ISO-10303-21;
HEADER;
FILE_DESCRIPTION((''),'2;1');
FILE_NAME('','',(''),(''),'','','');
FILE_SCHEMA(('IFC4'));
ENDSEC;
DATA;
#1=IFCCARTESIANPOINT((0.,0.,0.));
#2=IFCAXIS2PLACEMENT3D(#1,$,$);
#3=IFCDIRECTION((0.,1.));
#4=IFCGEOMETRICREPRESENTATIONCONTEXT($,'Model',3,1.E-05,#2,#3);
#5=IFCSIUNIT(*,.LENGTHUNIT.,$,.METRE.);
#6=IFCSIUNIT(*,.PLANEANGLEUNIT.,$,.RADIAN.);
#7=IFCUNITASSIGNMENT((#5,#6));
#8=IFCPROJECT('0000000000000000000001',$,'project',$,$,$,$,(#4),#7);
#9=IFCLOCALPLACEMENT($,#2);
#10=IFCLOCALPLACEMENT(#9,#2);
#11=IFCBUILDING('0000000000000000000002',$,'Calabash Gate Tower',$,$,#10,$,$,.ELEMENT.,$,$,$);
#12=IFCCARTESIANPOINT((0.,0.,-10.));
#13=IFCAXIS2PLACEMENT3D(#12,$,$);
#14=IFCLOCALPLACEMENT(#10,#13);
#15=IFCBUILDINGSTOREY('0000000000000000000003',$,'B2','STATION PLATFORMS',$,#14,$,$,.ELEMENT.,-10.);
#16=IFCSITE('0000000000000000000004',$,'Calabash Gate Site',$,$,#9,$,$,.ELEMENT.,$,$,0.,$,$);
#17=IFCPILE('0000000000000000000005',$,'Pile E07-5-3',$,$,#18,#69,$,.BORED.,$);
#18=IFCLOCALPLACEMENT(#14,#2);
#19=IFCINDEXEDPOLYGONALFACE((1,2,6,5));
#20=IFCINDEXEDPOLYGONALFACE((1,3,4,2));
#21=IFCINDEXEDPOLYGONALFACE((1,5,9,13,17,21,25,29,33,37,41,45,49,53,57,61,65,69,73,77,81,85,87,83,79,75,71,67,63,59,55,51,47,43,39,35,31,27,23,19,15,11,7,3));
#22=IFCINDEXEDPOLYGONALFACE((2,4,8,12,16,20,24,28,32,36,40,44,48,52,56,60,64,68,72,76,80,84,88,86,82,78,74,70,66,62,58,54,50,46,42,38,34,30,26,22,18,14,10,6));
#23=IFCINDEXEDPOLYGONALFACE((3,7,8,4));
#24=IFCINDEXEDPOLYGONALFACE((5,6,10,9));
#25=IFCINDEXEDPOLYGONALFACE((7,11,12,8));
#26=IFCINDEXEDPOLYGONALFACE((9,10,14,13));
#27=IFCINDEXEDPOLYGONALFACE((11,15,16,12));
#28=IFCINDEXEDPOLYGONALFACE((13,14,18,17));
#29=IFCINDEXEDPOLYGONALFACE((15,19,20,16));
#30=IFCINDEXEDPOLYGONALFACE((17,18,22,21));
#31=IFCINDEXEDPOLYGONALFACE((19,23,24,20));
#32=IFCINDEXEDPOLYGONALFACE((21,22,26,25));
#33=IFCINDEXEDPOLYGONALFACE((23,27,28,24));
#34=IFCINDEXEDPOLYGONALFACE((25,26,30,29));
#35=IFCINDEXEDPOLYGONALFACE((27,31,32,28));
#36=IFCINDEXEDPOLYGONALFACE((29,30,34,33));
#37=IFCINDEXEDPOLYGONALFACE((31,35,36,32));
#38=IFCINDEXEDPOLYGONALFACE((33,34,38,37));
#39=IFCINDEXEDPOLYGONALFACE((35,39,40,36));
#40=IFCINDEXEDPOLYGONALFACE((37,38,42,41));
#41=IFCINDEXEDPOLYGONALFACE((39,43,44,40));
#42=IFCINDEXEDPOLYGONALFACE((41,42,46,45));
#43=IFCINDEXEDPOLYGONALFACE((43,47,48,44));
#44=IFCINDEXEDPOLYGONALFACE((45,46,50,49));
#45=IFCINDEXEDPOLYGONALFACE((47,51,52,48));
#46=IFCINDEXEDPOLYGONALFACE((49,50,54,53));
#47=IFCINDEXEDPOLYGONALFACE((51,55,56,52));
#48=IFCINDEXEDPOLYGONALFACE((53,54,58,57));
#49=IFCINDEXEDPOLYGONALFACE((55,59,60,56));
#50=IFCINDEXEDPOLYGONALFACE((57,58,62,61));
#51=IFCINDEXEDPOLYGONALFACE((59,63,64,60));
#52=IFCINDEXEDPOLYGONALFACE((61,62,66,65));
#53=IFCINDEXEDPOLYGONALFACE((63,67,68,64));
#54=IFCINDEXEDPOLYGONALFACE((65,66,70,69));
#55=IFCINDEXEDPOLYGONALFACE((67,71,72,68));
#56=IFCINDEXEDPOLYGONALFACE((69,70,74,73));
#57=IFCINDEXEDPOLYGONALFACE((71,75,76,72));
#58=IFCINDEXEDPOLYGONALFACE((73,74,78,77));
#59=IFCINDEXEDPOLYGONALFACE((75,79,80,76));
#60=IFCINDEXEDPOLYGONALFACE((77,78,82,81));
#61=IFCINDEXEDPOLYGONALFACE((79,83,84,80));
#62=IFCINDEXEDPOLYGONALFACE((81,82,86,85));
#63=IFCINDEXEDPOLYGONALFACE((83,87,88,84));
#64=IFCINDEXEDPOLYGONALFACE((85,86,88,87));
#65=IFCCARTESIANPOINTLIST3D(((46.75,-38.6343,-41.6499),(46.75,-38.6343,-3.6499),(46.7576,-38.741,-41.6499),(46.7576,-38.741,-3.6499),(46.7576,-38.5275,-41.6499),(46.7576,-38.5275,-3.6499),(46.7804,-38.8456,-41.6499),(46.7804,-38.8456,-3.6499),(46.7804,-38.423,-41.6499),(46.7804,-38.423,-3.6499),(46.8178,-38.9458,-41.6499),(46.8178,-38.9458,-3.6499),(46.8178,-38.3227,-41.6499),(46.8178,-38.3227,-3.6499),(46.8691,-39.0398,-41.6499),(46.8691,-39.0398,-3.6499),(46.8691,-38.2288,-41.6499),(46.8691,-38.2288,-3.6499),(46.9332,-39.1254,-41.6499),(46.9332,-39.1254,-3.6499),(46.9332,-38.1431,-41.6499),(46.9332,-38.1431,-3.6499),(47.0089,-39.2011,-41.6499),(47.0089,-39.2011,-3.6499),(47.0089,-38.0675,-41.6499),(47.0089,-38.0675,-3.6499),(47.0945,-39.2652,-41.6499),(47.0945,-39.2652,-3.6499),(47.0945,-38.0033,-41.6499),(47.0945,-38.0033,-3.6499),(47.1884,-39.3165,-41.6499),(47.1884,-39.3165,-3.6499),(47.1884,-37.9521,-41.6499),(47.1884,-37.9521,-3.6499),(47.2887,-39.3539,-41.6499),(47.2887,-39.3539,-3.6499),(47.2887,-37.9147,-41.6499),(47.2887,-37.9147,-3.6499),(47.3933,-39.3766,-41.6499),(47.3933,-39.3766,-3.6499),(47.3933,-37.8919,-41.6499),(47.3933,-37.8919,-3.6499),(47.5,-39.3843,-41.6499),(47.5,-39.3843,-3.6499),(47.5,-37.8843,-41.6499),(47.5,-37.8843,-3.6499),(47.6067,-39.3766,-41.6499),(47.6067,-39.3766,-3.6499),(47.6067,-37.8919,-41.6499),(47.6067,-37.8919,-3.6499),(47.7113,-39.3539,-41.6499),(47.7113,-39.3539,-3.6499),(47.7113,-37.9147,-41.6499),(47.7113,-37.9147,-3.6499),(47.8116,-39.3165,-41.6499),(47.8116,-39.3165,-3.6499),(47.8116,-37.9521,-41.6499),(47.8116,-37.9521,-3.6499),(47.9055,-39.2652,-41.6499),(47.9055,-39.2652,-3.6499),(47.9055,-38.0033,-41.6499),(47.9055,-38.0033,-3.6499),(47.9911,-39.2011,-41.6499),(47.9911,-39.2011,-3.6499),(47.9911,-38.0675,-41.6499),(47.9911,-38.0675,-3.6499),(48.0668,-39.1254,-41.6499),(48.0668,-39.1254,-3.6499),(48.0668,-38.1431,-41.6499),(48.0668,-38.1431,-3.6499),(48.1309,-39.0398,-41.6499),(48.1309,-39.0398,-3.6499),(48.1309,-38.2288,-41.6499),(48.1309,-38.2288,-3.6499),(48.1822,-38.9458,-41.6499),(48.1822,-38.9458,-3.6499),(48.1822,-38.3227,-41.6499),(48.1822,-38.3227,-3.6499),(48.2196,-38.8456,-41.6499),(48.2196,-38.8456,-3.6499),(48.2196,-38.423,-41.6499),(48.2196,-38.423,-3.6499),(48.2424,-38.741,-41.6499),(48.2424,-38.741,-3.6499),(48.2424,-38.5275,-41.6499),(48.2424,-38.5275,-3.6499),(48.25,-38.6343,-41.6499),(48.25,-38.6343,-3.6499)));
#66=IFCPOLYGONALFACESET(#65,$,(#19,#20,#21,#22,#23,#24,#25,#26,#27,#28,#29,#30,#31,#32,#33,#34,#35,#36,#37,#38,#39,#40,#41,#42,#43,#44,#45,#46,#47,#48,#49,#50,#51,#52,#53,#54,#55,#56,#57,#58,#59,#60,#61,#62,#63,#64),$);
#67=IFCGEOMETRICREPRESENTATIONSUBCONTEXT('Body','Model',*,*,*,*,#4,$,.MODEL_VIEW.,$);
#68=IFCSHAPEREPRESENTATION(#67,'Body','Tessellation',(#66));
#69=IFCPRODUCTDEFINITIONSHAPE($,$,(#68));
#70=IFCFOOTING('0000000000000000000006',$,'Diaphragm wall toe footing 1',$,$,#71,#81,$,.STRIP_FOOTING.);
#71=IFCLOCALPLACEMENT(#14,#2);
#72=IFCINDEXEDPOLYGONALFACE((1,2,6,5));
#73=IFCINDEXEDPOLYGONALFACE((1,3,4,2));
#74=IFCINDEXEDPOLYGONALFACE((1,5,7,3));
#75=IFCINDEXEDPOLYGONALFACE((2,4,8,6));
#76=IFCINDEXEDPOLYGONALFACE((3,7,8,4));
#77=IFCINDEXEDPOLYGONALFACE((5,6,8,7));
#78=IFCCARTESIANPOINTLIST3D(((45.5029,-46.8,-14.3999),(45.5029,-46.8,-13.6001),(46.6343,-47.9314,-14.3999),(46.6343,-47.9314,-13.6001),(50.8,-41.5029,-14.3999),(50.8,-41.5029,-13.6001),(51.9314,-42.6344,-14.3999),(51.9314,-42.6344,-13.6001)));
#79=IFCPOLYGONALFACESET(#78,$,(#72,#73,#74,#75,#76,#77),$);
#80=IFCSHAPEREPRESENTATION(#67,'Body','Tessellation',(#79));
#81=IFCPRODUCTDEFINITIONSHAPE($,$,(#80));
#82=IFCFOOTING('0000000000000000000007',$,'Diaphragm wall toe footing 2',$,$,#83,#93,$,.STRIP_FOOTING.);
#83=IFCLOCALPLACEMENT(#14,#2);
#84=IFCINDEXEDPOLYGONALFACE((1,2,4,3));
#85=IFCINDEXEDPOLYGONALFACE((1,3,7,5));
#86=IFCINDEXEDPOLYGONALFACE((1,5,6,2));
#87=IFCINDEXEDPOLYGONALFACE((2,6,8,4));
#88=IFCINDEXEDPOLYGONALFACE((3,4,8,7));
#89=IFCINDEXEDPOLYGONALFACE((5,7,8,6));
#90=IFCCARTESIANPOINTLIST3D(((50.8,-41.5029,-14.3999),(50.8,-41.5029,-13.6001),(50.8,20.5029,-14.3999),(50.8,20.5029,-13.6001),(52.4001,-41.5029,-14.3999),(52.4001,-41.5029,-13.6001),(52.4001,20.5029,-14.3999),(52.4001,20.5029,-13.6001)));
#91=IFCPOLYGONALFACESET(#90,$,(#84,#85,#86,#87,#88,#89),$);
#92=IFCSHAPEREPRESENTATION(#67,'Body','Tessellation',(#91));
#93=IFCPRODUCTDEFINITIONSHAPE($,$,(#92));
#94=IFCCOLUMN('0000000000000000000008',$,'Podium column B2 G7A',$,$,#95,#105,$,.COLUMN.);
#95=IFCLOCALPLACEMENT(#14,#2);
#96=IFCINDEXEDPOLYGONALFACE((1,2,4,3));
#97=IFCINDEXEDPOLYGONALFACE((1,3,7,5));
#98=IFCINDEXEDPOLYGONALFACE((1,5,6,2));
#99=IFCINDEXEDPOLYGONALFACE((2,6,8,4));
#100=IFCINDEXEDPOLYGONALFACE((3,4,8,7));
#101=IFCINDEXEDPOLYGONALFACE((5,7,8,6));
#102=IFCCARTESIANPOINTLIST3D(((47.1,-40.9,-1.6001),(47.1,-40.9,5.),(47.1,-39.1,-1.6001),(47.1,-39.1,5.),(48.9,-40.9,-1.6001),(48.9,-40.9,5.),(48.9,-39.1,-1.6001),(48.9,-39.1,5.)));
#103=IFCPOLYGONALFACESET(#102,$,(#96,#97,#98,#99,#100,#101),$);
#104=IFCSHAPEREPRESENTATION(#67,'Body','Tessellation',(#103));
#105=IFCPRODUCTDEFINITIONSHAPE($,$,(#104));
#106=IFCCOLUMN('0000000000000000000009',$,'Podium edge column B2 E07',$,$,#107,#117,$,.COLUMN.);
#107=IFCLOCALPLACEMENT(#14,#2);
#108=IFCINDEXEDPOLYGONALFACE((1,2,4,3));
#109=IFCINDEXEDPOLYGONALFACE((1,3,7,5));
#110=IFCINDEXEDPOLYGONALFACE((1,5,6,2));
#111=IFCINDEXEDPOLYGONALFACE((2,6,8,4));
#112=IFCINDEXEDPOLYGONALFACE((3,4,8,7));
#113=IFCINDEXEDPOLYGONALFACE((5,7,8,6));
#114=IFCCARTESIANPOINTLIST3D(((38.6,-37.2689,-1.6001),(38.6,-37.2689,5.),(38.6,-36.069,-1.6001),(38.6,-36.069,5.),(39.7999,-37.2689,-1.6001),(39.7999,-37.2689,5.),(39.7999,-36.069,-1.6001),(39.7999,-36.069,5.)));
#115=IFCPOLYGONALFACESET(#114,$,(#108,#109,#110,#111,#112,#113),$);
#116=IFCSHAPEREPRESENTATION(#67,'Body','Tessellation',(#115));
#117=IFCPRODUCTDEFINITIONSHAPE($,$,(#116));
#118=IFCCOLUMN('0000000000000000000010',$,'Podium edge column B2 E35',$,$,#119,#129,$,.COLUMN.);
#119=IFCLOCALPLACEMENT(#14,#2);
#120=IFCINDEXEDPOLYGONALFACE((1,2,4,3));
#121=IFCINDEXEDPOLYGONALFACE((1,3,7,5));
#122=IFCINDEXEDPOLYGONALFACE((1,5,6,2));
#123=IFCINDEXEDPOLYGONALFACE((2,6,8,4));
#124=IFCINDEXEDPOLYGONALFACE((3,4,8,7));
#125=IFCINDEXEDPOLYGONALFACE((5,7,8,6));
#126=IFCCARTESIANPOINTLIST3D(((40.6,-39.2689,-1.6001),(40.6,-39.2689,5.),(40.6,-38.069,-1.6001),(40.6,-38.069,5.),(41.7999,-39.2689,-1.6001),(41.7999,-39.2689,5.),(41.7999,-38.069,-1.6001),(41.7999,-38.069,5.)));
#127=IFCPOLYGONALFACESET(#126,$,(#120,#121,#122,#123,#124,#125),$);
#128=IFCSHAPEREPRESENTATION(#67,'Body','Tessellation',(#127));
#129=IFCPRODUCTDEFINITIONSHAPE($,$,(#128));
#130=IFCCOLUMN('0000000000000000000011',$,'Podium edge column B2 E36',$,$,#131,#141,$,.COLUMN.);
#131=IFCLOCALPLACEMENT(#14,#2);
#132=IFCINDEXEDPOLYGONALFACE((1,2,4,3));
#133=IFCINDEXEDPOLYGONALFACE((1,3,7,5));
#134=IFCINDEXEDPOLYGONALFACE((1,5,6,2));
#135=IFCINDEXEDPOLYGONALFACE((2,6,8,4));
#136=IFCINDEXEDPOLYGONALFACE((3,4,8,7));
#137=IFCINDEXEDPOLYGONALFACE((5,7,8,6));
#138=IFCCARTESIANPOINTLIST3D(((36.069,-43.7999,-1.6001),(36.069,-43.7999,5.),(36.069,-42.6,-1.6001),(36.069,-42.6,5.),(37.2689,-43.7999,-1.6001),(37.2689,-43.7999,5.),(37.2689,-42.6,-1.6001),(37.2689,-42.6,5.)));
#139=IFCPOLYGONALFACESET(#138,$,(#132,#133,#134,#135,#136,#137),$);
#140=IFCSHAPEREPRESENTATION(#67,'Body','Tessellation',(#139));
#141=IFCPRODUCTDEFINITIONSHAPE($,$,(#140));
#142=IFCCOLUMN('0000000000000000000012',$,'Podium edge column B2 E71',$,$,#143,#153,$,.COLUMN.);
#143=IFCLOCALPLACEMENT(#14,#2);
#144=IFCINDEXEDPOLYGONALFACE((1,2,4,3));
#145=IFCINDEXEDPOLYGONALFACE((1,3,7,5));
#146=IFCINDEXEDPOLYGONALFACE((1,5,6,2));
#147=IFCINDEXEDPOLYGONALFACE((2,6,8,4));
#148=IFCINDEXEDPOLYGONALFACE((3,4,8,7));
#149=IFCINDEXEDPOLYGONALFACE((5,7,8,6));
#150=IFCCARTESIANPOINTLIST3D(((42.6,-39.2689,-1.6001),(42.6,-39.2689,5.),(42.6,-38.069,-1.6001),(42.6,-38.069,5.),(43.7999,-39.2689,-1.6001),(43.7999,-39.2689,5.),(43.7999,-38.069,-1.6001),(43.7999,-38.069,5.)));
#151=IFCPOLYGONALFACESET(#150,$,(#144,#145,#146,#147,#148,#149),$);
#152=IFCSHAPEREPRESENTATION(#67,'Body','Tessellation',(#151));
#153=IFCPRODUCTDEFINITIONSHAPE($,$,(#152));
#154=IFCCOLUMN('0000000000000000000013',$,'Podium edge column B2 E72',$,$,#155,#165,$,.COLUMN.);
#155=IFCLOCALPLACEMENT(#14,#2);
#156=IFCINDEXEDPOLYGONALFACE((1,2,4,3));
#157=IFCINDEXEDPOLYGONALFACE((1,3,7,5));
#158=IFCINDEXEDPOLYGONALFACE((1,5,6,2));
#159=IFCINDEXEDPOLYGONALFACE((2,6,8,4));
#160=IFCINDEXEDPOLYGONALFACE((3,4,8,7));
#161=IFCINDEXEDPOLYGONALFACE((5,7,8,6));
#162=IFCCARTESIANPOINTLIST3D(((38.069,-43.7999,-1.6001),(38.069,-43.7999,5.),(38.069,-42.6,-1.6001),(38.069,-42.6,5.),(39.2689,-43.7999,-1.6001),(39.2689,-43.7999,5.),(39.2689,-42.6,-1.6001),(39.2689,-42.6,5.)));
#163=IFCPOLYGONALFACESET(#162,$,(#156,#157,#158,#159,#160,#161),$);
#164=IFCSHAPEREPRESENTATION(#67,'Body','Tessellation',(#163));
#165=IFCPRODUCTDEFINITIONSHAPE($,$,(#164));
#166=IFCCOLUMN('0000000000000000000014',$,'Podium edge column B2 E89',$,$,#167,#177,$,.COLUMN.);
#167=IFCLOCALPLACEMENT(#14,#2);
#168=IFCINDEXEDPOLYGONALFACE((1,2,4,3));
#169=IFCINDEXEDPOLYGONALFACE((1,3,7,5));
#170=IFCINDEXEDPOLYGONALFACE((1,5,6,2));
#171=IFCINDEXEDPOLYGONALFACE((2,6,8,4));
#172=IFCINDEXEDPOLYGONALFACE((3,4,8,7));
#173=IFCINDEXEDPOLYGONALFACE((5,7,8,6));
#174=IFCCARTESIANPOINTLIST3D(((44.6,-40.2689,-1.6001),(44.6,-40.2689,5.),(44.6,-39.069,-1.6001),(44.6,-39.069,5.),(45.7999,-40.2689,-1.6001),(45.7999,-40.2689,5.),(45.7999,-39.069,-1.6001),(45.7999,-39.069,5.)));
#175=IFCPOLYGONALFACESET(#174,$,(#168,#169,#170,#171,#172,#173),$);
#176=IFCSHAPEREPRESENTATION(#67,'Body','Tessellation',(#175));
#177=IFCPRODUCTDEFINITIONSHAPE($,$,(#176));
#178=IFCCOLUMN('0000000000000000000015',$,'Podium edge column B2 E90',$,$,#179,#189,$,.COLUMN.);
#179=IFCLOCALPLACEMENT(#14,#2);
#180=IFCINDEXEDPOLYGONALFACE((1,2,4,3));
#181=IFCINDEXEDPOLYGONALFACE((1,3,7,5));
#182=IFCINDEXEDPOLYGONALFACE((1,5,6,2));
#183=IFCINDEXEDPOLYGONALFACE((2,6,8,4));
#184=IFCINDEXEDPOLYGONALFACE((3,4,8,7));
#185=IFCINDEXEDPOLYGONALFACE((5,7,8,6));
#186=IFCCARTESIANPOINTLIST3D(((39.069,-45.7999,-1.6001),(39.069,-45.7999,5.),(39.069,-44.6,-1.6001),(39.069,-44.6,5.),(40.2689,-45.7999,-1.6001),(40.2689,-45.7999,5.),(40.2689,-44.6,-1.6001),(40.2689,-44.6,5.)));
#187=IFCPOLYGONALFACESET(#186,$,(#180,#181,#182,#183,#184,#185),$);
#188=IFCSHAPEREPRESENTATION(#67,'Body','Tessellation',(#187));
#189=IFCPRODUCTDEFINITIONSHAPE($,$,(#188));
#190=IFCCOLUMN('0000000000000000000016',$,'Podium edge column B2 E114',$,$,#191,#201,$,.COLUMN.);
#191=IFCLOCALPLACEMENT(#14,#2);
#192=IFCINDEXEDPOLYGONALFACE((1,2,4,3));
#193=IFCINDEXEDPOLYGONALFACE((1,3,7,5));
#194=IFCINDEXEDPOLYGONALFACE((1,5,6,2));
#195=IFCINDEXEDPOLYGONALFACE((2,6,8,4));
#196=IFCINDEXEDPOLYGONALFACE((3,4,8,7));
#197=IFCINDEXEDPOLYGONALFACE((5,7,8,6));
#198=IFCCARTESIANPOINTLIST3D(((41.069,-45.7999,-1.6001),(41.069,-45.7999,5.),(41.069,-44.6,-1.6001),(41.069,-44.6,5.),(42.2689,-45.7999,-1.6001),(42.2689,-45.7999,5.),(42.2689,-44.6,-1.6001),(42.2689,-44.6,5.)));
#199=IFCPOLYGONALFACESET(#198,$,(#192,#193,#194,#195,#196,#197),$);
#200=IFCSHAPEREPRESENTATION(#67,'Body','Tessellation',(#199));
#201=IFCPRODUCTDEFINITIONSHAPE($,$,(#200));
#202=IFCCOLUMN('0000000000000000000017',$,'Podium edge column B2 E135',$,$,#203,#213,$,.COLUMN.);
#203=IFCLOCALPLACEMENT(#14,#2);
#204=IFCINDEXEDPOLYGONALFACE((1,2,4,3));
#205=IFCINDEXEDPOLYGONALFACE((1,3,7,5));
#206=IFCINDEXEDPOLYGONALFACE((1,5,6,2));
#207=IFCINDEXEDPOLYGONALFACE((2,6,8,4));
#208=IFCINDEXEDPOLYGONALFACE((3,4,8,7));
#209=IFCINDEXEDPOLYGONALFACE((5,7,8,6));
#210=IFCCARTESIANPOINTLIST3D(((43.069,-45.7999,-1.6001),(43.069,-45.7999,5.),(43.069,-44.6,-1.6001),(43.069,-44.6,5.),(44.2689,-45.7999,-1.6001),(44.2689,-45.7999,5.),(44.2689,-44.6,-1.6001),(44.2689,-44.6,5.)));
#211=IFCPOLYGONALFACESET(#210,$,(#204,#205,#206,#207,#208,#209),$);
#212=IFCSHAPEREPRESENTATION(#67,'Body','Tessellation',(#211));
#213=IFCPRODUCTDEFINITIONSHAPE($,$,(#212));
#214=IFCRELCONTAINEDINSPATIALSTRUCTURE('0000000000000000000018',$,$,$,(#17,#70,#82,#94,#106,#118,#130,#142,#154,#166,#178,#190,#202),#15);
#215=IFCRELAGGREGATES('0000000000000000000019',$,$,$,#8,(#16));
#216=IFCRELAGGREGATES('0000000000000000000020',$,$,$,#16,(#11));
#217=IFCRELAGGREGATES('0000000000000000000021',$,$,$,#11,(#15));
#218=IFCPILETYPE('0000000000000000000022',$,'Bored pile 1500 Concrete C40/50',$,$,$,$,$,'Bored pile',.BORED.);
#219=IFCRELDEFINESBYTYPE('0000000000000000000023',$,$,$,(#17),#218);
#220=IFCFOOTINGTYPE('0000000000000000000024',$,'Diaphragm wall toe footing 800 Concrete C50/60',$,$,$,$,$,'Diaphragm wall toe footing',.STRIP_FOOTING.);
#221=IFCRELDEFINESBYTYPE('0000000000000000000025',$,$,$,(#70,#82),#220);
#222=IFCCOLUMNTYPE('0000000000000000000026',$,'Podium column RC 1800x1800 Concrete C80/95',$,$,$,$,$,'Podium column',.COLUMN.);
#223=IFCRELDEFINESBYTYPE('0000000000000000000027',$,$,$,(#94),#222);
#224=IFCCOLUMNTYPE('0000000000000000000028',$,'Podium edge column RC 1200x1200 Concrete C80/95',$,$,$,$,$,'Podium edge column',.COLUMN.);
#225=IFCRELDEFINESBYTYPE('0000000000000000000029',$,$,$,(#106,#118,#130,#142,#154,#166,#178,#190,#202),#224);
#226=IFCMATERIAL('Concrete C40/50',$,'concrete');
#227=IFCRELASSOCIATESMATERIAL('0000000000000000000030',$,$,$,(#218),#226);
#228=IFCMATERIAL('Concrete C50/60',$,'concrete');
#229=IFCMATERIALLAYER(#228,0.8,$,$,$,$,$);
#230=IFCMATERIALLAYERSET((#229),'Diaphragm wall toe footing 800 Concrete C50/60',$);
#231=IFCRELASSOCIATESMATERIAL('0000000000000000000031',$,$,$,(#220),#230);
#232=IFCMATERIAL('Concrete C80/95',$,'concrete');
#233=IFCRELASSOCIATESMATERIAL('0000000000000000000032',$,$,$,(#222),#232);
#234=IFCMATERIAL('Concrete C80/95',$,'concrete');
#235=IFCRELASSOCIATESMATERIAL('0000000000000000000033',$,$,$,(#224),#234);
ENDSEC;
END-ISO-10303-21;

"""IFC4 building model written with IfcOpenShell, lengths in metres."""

from ifc_helpers import new_model, si_unit, direction, frame, frame_2d, origin, origin_2d, place, context, subcontext, project, spatial, rectangle, circle, extrude, material, layer, layer_set, material_profile, profile_set, type_object, element, save


model = new_model("IFC4")

# Units and contexts
model_context = context("Model", 3, precision=1e-05, world=origin(), true_north=direction((0.0, 1.0)))
body_context = subcontext(model_context, "Body", "Model", "MODEL_VIEW")
ifc_project = project(units=[si_unit("LENGTHUNIT", "METRE"), si_unit("PLANEANGLEUNIT", "RADIAN")], contexts=[model_context])

# Site, building, storey
site_placement = place(None, origin())
site = spatial("IfcSite", under=ifc_project, at=site_placement, Name="Calabash Gate Site", CompositionType="ELEMENT", RefElevation=0.0)
building_placement = place(site_placement, origin())
building = spatial("IfcBuilding", under=site, at=building_placement, Name="Calabash Gate Tower", CompositionType="ELEMENT")
storey_placement = place(building_placement, frame((0.0, 0.0, -10.0)))
storey = spatial("IfcBuildingStorey", under=building, at=storey_placement, Name="B2", Description="STATION PLATFORMS", CompositionType="ELEMENT", Elevation=-10.0)

# Pile
ifc_material_1 = material(Name="Concrete C40/50", Category="concrete")
ifc_material_profile_1 = material_profile(ifc_material_1, circle(Radius=0.75, at=origin_2d()))
ifc_profile_set_1 = profile_set([ifc_material_profile_1], Name="Concrete C40/50")
pile_type = type_object("IfcPileType", Name="Bored pile 1500 Concrete C40/50", ElementType="Bored pile", PredefinedType="BORED", material=ifc_profile_set_1)
for number, where, z_axis, x_axis, name in (
    (1, (47.5, -38.6343, -3.6499), (0.0, 0.0, -1.0), (1.0, 0.0, 0.0), "Pile E07-5-3"),
):
    element("IfcPile", number, at=place(storey_placement, frame(where, z_axis=z_axis, x_axis=x_axis)), inside=storey, type_object=pile_type, Name=name, PredefinedType="BORED", context=body_context, shape_type="SweptSolid", body=[
        extrude(circle(Radius=0.75, at=origin_2d()), origin(), (0.0, 0.0, 1.0), 38.0),
    ])

# Footings
ifc_material_2 = material(Name="Concrete C50/60", Category="concrete")
ifc_layer_1 = layer(ifc_material_2, 0.8)
ifc_layer_set_1 = layer_set([ifc_layer_1], Name="Diaphragm wall toe footing 800 Concrete C50/60")
footing_type = type_object("IfcFootingType", Name="Diaphragm wall toe footing 800 Concrete C50/60", ElementType="Diaphragm wall toe footing", PredefinedType="STRIP_FOOTING", material=ifc_layer_set_1)
footing_1_placement = place(storey_placement, frame((46.0686, -47.3657, -14.3999), z_axis=(0.0, 0.0, 1.0), x_axis=(0.707107, 0.707107, 0.0)))
element("IfcFooting", 2, at=footing_1_placement, inside=storey, type_object=footing_type, Name="Diaphragm wall toe footing 1", PredefinedType="STRIP_FOOTING", context=body_context, shape_type="SweptSolid", body=[
    extrude(rectangle(XDim=7.4912, YDim=1.6001, at=frame_2d((3.7456, 0.0))), origin(), (0.0, 0.0, 1.0), 0.7998),
])
footing_2_placement = place(storey_placement, frame((51.6001, -41.5029, -14.3999), z_axis=(0.0, 0.0, 1.0), x_axis=(0.0, 1.0, 0.0)))
element("IfcFooting", 3, at=footing_2_placement, inside=storey, type_object=footing_type, Name="Diaphragm wall toe footing 2", PredefinedType="STRIP_FOOTING", context=body_context, shape_type="SweptSolid", body=[
    extrude(rectangle(XDim=62.0059, YDim=1.6001, at=frame_2d((31.0029, 0.0))), origin(), (0.0, 0.0, 1.0), 0.7998),
])

# Columns
ifc_material_3 = material(Name="Concrete C80/95", Category="concrete")
ifc_material_profile_2 = material_profile(ifc_material_3, rectangle(XDim=1.8, YDim=1.8, at=origin_2d()))
ifc_profile_set_2 = profile_set([ifc_material_profile_2], Name="Concrete C80/95")
column_type_1 = type_object("IfcColumnType", Name="Podium column RC 1800x1800 Concrete C80/95", ElementType="Podium column", PredefinedType="COLUMN", material=ifc_profile_set_2)
column_placement = place(storey_placement, frame((48.0, -40.0, -1.6001), z_axis=(0.0, 0.0, 1.0), x_axis=(1.0, 0.0, 0.0)))
element("IfcColumn", 4, at=column_placement, inside=storey, type_object=column_type_1, Name="Podium column B2 G7A", PredefinedType="COLUMN", context=body_context, shape_type="SweptSolid", body=[
    extrude(rectangle(XDim=1.8, YDim=1.8, at=origin_2d()), origin(), (0.0, 0.0, 1.0), 6.6001),
])
ifc_material_4 = material(Name="Concrete C80/95", Category="concrete")
ifc_material_profile_3 = material_profile(ifc_material_4, rectangle(XDim=1.2, YDim=1.2, at=origin_2d()))
ifc_profile_set_3 = profile_set([ifc_material_profile_3], Name="Concrete C80/95")
column_type_2 = type_object("IfcColumnType", Name="Podium edge column RC 1200x1200 Concrete C80/95", ElementType="Podium edge column", PredefinedType="COLUMN", material=ifc_profile_set_3)
for number, where, z_axis, x_axis, name in (
    (5, (39.2, -36.6689, -1.6001), (0.0, 0.0, 1.0), (1.0, 0.0, 0.0), "Podium edge column B2 E07"),
    (6, (41.2, -38.6689, -1.6001), (0.0, 0.0, 1.0), (1.0, 0.0, 0.0), "Podium edge column B2 E35"),
    (7, (36.6689, -43.2, -1.6001), (0.0, 0.0, 1.0), (1.0, 0.0, 0.0), "Podium edge column B2 E36"),
    (8, (43.2, -38.6689, -1.6001), (0.0, 0.0, 1.0), (1.0, 0.0, 0.0), "Podium edge column B2 E71"),
    (9, (38.6689, -43.2, -1.6001), (0.0, 0.0, 1.0), (1.0, 0.0, 0.0), "Podium edge column B2 E72"),
    (10, (45.2, -39.6689, -1.6001), (0.0, 0.0, 1.0), (1.0, 0.0, 0.0), "Podium edge column B2 E89"),
    (11, (39.6689, -45.2, -1.6001), (0.0, 0.0, 1.0), (1.0, 0.0, 0.0), "Podium edge column B2 E90"),
    (12, (41.6689, -45.2, -1.6001), (0.0, 0.0, 1.0), (1.0, 0.0, 0.0), "Podium edge column B2 E114"),
    (13, (43.6689, -45.2, -1.6001), (0.0, 0.0, 1.0), (1.0, 0.0, 0.0), "Podium edge column B2 E135"),
):
    element("IfcColumn", number, at=place(storey_placement, frame(where, z_axis=z_axis, x_axis=x_axis)), inside=storey, type_object=column_type_2, Name=name, PredefinedType="COLUMN", context=body_context, shape_type="SweptSolid", body=[
        extrude(rectangle(XDim=1.2, YDim=1.2, at=origin_2d()), origin(), (0.0, 0.0, 1.0), 6.6001),
    ])

save(model, "model.ifc")
